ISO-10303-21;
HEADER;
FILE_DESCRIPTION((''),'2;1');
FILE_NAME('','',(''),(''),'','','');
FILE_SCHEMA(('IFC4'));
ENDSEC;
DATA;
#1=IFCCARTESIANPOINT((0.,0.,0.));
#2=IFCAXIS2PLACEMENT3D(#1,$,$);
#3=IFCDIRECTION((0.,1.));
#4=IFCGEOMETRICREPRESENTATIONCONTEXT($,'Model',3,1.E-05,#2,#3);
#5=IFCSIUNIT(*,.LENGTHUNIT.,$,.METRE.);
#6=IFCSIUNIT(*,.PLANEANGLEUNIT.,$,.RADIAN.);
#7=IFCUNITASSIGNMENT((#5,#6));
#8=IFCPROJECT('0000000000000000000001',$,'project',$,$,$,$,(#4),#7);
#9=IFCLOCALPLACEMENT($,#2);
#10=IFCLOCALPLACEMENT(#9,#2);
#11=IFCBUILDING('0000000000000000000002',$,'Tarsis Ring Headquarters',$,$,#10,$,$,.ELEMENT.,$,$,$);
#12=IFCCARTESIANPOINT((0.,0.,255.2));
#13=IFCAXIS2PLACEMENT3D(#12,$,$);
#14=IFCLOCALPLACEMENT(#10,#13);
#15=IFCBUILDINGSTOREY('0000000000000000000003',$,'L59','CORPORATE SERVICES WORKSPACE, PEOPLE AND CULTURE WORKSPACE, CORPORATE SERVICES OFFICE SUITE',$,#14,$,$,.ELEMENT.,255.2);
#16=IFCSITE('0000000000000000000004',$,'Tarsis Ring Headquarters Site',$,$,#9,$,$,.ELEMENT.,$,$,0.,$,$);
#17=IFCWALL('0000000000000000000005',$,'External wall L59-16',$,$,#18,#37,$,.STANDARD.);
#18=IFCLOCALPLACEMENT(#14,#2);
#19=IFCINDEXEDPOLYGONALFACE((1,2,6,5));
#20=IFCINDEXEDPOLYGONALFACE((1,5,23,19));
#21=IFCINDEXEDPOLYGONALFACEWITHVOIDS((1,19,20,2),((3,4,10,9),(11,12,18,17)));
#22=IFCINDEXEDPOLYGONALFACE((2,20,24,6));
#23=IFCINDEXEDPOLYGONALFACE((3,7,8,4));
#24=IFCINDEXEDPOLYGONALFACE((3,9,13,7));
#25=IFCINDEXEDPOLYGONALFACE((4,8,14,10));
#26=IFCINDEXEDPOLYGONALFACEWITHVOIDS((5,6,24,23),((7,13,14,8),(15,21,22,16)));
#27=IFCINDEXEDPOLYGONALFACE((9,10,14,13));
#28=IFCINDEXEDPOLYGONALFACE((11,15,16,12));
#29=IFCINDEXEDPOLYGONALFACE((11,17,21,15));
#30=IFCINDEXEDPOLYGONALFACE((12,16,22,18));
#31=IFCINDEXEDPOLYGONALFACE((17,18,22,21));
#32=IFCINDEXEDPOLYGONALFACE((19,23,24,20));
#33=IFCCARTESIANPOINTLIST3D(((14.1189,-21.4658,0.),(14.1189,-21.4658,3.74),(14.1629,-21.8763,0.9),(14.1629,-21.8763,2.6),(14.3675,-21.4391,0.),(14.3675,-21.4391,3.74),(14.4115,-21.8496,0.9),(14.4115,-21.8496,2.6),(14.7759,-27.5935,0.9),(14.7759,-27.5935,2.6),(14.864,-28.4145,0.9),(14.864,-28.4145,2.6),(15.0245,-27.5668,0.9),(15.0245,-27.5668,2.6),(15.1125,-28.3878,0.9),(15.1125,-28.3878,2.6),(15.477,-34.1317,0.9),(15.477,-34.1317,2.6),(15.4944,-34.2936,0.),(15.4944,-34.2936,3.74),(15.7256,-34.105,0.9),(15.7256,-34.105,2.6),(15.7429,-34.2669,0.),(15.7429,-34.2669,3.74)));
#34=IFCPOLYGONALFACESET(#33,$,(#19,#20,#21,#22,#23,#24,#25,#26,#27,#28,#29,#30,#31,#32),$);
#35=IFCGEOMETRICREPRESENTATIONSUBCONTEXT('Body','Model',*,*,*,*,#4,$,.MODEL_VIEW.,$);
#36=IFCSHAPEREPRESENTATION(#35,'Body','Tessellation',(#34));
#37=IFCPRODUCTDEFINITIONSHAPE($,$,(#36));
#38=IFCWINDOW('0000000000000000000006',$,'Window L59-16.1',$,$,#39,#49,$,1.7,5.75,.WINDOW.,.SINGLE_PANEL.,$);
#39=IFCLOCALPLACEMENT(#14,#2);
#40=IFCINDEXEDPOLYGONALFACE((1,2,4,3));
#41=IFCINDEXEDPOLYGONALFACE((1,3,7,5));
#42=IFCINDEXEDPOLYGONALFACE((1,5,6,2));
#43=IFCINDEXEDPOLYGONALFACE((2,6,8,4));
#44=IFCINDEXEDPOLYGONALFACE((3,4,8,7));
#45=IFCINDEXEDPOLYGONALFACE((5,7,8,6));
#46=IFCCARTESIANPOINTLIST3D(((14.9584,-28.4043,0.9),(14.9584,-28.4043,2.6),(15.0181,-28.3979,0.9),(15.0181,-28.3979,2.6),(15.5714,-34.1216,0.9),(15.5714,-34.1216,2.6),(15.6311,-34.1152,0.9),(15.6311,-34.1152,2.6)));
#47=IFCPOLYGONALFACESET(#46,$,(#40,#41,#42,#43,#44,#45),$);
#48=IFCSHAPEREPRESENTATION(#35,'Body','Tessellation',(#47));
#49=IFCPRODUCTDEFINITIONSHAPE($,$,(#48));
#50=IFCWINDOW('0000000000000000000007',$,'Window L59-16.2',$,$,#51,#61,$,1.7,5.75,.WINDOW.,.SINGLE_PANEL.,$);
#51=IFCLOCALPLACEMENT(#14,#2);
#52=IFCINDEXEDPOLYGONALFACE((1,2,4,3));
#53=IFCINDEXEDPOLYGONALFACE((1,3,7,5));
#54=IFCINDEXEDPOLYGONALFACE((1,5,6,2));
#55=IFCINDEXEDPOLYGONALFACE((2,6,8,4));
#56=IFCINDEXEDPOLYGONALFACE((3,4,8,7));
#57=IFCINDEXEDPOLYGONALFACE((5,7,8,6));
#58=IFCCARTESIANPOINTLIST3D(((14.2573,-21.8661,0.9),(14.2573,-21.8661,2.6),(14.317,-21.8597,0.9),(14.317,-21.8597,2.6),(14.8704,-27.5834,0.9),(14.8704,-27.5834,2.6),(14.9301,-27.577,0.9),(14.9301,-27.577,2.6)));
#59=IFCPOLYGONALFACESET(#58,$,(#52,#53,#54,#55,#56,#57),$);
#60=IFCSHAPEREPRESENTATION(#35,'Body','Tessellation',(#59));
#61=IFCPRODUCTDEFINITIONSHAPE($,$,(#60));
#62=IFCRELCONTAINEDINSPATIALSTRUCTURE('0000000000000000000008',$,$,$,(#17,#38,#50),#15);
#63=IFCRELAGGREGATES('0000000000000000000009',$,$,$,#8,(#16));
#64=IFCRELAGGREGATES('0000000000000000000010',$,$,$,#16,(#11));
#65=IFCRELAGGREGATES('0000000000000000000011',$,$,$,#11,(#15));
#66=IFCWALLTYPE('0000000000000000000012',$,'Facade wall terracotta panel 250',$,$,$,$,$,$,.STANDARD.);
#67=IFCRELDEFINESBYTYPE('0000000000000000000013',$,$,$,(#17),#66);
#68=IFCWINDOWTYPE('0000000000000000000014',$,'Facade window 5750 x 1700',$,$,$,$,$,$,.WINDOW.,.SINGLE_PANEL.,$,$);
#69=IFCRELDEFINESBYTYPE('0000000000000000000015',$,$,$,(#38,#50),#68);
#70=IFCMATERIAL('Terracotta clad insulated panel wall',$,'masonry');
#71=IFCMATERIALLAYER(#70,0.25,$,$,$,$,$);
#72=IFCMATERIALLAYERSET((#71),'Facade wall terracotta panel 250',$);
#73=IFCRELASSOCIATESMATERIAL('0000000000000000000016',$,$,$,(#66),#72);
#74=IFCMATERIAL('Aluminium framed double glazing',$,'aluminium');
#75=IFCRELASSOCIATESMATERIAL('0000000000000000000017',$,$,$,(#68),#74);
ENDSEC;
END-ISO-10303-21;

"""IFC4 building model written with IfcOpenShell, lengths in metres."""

from ifc_helpers import new_model, si_unit, direction, frame, frame_2d, origin, place, context, subcontext, project, spatial, rectangle, extrude, material, layer, layer_set, type_object, element, fill, save


model = new_model("IFC4")

# Units and contexts
model_context = context("Model", 3, precision=1e-05, world=origin(), true_north=direction((0.0, 1.0)))
body_context = subcontext(model_context, "Body", "Model", "MODEL_VIEW")
ifc_project = project(units=[si_unit("LENGTHUNIT", "METRE"), si_unit("PLANEANGLEUNIT", "RADIAN")], contexts=[model_context])

# Site, building, storey
site_placement = place(None, origin())
site = spatial("IfcSite", under=ifc_project, at=site_placement, Name="Tarsis Ring Headquarters Site", CompositionType="ELEMENT", RefElevation=0.0)
building_placement = place(site_placement, origin())
building = spatial("IfcBuilding", under=site, at=building_placement, Name="Tarsis Ring Headquarters", CompositionType="ELEMENT")
storey_placement = place(building_placement, frame((0.0, 0.0, 255.2)))
storey = spatial("IfcBuildingStorey", under=building, at=storey_placement, Name="L59", Description="CORPORATE SERVICES WORKSPACE, PEOPLE AND CULTURE WORKSPACE, CORPORATE SERVICES OFFICE SUITE", CompositionType="ELEMENT", Elevation=255.2)

# Shared definitions
ifc_material_1 = material(Name="Terracotta clad insulated panel wall", Category="masonry")
ifc_layer = layer(ifc_material_1, 0.25)
ifc_layer_set = layer_set([ifc_layer], Name="Facade wall terracotta panel 250")
wall_type = type_object("IfcWallType", Name="Facade wall terracotta panel 250", PredefinedType="STANDARD", material=ifc_layer_set)

# Wall, openings, windows
wall_1_placement = place(storey_placement, frame((15.6187, -34.2803, 0.0), z_axis=(0.0, 0.0, 1.0), x_axis=(-0.106615, 0.9943, 0.0)))
wall_1 = element("IfcWall", 1, at=wall_1_placement, inside=storey, type_object=wall_type, Name="External wall L59-16", PredefinedType="STANDARD", context=body_context, shape_type="SweptSolid", body=[
    extrude(rectangle(XDim=12.9014, YDim=0.25, at=frame_2d((6.4507, 0.0))), origin(), (0.0, 0.0, 1.0), 3.74),
])
opening_1_placement = place(wall_1_placement, frame((0.1628, 0.0, 0.8999)))
opening_1 = element("IfcOpeningElement", 2, at=opening_1_placement, cuts=wall_1, PredefinedType="OPENING", context=body_context, shape_type="SweptSolid", body=[
    extrude(rectangle(XDim=5.75, YDim=1.7, at=frame_2d((2.875, 0.8501))), frame((0.0, 0.135, 0.0), z_axis=(0.0, -1.0, 0.0), x_axis=(1.0, 0.0, 0.0)), (0.0, 0.0, 1.0), 0.27),
])
opening_2_placement = place(wall_1_placement, frame((6.7385, 0.0, 0.8999)))
opening_2 = element("IfcOpeningElement", 3, at=opening_2_placement, cuts=wall_1, PredefinedType="OPENING", context=body_context, shape_type="SweptSolid", body=[
    extrude(rectangle(XDim=5.75, YDim=1.7, at=frame_2d((2.875, 0.8501))), frame((0.0, 0.135, 0.0), z_axis=(0.0, -1.0, 0.0), x_axis=(1.0, 0.0, 0.0)), (0.0, 0.0, 1.0), 0.27),
])
ifc_material_2 = material(Name="Aluminium framed double glazing", Category="aluminium")
window_type = type_object("IfcWindowType", Name="Facade window 5750 x 1700", PartitioningType="SINGLE_PANEL", PredefinedType="WINDOW", material=ifc_material_2)
window_1_placement = place(opening_1_placement, origin())
window_1 = element("IfcWindow", 4, at=window_1_placement, inside=storey, type_object=window_type, Name="Window L59-16.1", OverallHeight=1.7, OverallWidth=5.75, PartitioningType="SINGLE_PANEL", PredefinedType="WINDOW", context=body_context, shape_type="SweptSolid", body=[
    extrude(rectangle(XDim=5.75, YDim=1.7, at=frame_2d((2.875, 0.8501))), frame((0.0, 0.03, 0.0), z_axis=(0.0, -1.0, 0.0), x_axis=(1.0, 0.0, 0.0)), (0.0, 0.0, 1.0), 0.0601),
])
fill(opening_1, window_1)
window_2_placement = place(opening_2_placement, origin())
window_2 = element("IfcWindow", 5, at=window_2_placement, inside=storey, type_object=window_type, Name="Window L59-16.2", OverallHeight=1.7, OverallWidth=5.75, PartitioningType="SINGLE_PANEL", PredefinedType="WINDOW", context=body_context, shape_type="SweptSolid", body=[
    extrude(rectangle(XDim=5.75, YDim=1.7, at=frame_2d((2.875, 0.8501))), frame((0.0, 0.03, 0.0), z_axis=(0.0, -1.0, 0.0), x_axis=(1.0, 0.0, 0.0)), (0.0, 0.0, 1.0), 0.0601),
])
fill(opening_2, window_2)

save(model, "model.ifc")
